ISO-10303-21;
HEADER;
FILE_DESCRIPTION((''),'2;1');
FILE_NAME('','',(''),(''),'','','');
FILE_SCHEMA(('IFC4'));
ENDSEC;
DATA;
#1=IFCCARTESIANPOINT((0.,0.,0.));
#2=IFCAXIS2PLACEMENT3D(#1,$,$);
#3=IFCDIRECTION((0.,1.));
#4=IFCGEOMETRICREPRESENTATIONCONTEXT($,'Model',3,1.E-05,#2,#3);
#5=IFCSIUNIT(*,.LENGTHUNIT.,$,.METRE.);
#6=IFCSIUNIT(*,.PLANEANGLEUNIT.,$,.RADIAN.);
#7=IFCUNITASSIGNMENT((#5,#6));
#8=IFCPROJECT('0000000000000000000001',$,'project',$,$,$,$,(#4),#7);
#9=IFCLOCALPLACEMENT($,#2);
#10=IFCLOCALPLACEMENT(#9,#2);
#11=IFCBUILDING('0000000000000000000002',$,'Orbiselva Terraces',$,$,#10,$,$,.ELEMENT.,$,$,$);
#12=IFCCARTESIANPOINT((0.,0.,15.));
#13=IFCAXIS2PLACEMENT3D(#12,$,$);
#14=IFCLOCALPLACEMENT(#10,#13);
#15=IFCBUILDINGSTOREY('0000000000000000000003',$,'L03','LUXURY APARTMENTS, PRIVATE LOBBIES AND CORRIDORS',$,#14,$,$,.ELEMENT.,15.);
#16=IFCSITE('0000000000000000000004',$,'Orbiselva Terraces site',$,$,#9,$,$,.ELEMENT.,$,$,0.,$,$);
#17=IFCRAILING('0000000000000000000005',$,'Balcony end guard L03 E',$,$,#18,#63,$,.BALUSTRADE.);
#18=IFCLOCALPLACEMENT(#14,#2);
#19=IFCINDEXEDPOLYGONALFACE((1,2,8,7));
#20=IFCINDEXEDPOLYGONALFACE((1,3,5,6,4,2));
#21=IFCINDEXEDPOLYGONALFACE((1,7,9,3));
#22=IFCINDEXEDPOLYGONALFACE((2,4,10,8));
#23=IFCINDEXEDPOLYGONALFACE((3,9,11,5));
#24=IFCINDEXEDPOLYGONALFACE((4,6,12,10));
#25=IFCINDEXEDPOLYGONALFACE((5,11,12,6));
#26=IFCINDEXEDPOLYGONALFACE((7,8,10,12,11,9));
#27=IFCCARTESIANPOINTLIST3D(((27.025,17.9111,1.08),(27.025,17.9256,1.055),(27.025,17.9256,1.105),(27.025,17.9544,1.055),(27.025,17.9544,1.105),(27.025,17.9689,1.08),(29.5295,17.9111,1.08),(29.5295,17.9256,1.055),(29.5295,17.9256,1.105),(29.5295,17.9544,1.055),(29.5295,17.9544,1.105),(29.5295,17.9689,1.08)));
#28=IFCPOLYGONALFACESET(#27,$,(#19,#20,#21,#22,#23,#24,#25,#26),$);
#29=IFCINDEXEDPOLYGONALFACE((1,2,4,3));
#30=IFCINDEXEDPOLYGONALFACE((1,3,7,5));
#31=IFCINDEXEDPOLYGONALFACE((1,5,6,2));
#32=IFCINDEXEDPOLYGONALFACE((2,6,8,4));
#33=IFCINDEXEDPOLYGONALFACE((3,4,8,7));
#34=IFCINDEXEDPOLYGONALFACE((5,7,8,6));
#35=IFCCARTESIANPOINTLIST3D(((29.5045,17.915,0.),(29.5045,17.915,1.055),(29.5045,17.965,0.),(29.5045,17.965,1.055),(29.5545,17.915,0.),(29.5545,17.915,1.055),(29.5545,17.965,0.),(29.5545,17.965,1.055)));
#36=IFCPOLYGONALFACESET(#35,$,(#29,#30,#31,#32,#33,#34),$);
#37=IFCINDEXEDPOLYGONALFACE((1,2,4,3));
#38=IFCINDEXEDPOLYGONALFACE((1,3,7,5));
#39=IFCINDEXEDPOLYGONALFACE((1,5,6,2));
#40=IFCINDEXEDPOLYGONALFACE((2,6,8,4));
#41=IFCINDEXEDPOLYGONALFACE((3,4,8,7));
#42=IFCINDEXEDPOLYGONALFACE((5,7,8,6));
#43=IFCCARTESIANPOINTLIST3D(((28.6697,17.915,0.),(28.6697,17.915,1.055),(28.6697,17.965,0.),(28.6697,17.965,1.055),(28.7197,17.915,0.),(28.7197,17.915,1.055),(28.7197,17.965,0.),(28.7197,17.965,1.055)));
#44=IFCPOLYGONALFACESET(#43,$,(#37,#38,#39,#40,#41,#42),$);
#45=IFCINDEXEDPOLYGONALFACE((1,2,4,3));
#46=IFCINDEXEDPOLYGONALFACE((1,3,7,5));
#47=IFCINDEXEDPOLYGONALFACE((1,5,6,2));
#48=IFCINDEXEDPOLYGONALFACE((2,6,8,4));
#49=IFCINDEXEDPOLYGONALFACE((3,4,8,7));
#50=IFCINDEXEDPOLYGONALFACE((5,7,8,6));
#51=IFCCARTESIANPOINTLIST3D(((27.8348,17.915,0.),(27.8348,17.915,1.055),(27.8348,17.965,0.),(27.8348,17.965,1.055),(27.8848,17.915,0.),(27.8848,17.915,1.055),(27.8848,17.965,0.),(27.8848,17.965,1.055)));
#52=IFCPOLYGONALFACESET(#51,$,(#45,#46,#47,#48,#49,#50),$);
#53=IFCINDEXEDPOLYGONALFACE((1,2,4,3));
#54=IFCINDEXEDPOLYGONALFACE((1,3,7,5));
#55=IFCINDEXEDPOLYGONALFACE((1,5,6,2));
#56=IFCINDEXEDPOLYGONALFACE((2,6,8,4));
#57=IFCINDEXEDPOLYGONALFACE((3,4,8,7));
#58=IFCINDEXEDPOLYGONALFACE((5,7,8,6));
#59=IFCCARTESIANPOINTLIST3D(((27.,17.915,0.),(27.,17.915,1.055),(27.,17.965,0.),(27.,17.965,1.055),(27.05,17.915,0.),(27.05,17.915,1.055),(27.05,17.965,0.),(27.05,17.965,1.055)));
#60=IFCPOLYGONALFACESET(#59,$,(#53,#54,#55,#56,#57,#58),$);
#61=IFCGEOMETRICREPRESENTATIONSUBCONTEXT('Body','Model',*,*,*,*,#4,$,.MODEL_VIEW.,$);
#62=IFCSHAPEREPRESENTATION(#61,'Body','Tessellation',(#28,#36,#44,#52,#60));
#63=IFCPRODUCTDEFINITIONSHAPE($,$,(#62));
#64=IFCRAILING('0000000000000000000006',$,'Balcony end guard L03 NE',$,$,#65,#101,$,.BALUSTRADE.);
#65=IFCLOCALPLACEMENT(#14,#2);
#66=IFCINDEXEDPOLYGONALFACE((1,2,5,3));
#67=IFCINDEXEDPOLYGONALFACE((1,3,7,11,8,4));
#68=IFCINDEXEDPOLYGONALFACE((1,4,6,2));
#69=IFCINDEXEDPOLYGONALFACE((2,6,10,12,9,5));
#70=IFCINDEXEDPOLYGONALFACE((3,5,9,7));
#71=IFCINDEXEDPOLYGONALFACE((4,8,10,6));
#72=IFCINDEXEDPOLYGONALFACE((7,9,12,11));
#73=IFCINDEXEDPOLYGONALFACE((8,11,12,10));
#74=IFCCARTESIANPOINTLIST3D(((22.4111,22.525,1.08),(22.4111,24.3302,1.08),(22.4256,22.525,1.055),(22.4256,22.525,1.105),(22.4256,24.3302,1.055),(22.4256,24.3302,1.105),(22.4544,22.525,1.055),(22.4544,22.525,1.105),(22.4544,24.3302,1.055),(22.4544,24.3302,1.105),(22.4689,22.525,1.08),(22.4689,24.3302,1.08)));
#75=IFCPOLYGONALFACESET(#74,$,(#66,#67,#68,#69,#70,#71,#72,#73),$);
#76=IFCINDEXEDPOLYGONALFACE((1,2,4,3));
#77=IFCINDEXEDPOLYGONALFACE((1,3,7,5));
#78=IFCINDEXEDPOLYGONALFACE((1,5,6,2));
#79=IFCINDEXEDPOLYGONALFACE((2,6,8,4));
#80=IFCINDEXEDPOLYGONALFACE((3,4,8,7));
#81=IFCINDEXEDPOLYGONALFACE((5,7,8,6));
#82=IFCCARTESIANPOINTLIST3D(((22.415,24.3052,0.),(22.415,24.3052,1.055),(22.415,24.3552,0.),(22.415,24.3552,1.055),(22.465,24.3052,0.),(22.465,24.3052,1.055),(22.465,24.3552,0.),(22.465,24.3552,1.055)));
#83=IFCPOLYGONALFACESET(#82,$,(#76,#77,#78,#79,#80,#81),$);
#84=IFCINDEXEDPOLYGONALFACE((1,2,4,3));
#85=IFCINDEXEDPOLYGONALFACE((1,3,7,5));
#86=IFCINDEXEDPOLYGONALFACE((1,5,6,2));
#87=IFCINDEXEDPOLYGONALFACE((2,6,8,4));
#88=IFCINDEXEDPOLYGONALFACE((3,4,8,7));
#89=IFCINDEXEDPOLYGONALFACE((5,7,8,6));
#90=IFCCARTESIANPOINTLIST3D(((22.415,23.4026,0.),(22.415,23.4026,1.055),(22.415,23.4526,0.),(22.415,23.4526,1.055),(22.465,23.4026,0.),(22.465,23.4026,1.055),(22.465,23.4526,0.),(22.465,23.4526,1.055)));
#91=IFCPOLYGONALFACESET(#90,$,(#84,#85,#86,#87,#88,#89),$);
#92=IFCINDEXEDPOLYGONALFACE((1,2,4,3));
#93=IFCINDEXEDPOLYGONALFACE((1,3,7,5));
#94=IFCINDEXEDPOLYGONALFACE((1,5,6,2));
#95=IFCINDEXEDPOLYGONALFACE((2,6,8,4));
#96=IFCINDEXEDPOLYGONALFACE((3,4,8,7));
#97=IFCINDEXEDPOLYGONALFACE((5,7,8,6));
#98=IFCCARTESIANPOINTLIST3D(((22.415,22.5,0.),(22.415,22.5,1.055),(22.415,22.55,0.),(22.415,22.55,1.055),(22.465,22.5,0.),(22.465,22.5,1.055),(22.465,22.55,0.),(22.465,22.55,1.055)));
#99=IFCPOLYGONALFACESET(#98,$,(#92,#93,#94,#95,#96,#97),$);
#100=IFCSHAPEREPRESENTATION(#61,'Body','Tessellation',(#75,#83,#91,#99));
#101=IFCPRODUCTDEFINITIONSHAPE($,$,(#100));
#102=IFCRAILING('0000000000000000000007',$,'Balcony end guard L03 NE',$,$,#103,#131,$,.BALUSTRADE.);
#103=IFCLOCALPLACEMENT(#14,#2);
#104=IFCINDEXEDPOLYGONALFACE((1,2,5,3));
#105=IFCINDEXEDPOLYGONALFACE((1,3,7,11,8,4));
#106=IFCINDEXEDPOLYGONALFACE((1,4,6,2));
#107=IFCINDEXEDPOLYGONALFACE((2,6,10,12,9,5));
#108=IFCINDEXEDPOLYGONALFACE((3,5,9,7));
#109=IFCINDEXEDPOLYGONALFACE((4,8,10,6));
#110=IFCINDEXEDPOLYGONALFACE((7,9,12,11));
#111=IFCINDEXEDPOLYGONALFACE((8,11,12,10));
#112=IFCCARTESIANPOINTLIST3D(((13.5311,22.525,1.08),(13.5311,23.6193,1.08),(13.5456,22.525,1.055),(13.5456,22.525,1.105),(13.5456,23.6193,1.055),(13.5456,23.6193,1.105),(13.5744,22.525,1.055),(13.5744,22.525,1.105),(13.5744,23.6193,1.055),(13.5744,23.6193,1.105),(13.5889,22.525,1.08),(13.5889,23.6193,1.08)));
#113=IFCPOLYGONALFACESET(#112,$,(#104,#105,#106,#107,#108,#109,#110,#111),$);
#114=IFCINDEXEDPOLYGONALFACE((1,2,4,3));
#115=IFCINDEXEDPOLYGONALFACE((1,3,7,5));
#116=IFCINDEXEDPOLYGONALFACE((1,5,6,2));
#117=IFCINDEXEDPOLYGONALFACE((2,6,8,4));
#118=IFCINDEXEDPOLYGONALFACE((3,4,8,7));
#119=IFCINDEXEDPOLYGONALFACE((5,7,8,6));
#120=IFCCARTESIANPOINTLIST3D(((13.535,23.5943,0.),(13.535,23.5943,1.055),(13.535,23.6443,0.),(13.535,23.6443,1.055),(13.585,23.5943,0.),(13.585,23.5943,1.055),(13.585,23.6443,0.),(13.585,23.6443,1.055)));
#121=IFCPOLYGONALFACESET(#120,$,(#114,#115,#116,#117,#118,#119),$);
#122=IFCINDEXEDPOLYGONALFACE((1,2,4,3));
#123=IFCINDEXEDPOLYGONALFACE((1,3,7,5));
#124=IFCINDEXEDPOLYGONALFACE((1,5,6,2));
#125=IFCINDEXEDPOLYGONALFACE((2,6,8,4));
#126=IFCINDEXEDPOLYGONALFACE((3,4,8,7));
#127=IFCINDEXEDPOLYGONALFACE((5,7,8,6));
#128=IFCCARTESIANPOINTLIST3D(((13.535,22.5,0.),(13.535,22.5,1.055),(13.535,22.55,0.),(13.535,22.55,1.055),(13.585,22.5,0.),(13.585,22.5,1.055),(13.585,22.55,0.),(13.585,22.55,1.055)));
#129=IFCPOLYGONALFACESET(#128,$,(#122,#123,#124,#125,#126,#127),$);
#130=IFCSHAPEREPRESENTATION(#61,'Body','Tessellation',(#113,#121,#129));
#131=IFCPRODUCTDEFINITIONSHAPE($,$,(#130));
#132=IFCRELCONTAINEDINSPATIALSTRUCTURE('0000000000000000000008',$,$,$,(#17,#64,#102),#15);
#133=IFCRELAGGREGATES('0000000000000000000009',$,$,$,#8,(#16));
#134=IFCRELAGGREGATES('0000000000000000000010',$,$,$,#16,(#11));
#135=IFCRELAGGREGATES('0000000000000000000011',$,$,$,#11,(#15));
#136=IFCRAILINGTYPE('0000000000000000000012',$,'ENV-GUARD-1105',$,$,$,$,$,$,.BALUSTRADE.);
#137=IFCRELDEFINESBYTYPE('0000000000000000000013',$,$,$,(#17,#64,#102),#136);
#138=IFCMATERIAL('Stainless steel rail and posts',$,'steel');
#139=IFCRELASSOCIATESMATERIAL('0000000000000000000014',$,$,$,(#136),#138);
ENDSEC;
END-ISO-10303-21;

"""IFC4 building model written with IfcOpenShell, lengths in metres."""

from ifc_helpers import new_model, si_unit, direction, frame, origin, origin_2d, place, context, subcontext, project, spatial, polyline, rectangle, outline, extrude, material, type_object, element, save


model = new_model("IFC4")

# Units and contexts
model_context = context("Model", 3, precision=1e-05, world=origin(), true_north=direction((0.0, 1.0)))
body_context = subcontext(model_context, "Body", "Model", "MODEL_VIEW")
ifc_project = project(units=[si_unit("LENGTHUNIT", "METRE"), si_unit("PLANEANGLEUNIT", "RADIAN")], contexts=[model_context])

# Site, building, storey
site_placement = place(None, origin())
site = spatial("IfcSite", under=ifc_project, at=site_placement, Name="Orbiselva Terraces site", CompositionType="ELEMENT", RefElevation=0.0)
building_placement = place(site_placement, origin())
building = spatial("IfcBuilding", under=site, at=building_placement, Name="Orbiselva Terraces", CompositionType="ELEMENT")
storey_placement = place(building_placement, frame((0.0, 0.0, 15.0)))
storey = spatial("IfcBuildingStorey", under=building, at=storey_placement, Name="L03", Description="LUXURY APARTMENTS, PRIVATE LOBBIES AND CORRIDORS", CompositionType="ELEMENT", Elevation=15.0)

# Railings
ifc_material_1 = material(Name="Stainless steel rail and posts", Category="steel")
railing_type_1 = type_object("IfcRailingType", Name="ENV-GUARD-1105", PredefinedType="BALUSTRADE", material=ifc_material_1)
railing_1_placement = place(storey_placement, frame((29.5295, 17.94, 0.0)))
element("IfcRailing", 1, at=railing_1_placement, inside=storey, type_object=railing_type_1, Name="Balcony end guard L03 E", PredefinedType="BALUSTRADE", context=body_context, shape_type="SweptSolid", body=[
    extrude(outline(polyline([(0.0289, 0.0), (0.0144, 0.025), (-0.0144, 0.025), (-0.0289, 0.0), (-0.0144, -0.025), (0.0144, -0.025), (0.0289, 0.0)])), frame((0.0, 0.0, 1.08), z_axis=(-1.0, 0.0, 0.0), x_axis=(0.0, -1.0, 0.0)), (0.0, 0.0, 1.0), 2.5045),
    extrude(rectangle(XDim=0.05, YDim=0.05, at=origin_2d()), origin(), (0.0, 0.0, 1.0), 1.055),
    extrude(rectangle(XDim=0.05, YDim=0.05, at=origin_2d()), frame((-0.8348, 0.0, 0.0)), (0.0, 0.0, 1.0), 1.055),
    extrude(rectangle(XDim=0.05, YDim=0.05, at=origin_2d()), frame((-1.6697, 0.0, 0.0)), (0.0, 0.0, 1.0), 1.055),
    extrude(rectangle(XDim=0.05, YDim=0.05, at=origin_2d()), frame((-2.5045, 0.0, 0.0)), (0.0, 0.0, 1.0), 1.055),
])
railing_2_placement = place(storey_placement, frame((22.44, 24.3302, 0.0)))
element("IfcRailing", 2, at=railing_2_placement, inside=storey, type_object=railing_type_1, Name="Balcony end guard L03 NE", PredefinedType="BALUSTRADE", context=body_context, shape_type="SweptSolid", body=[
    extrude(outline(polyline([(0.0289, 0.0), (0.0144, 0.025), (-0.0144, 0.025), (-0.0289, 0.0), (-0.0144, -0.025), (0.0144, -0.025), (0.0289, 0.0)])), frame((0.0, 0.0, 1.08), z_axis=(0.0, -1.0, 0.0), x_axis=(1.0, 0.0, 0.0)), (0.0, 0.0, 1.0), 1.8052),
    extrude(rectangle(XDim=0.05, YDim=0.05, at=origin_2d()), origin(), (0.0, 0.0, 1.0), 1.055),
    extrude(rectangle(XDim=0.05, YDim=0.05, at=origin_2d()), frame((0.0, -0.9026, 0.0)), (0.0, 0.0, 1.0), 1.055),
    extrude(rectangle(XDim=0.05, YDim=0.05, at=origin_2d()), frame((0.0, -1.8052, 0.0)), (0.0, 0.0, 1.0), 1.055),
])
railing_3_placement = place(storey_placement, frame((13.56, 23.6193, 0.0)))
element("IfcRailing", 3, at=railing_3_placement, inside=storey, type_object=railing_type_1, Name="Balcony end guard L03 NE", PredefinedType="BALUSTRADE", context=body_context, shape_type="SweptSolid", body=[
    extrude(outline(polyline([(0.0289, 0.0), (0.0144, 0.025), (-0.0144, 0.025), (-0.0289, 0.0), (-0.0144, -0.025), (0.0144, -0.025), (0.0289, 0.0)])), frame((0.0, 0.0, 1.08), z_axis=(0.0, -1.0, 0.0), x_axis=(1.0, 0.0, 0.0)), (0.0, 0.0, 1.0), 1.0943),
    extrude(rectangle(XDim=0.05, YDim=0.05, at=origin_2d()), origin(), (0.0, 0.0, 1.0), 1.055),
    extrude(rectangle(XDim=0.05, YDim=0.05, at=origin_2d()), frame((0.0, -1.0943, 0.0)), (0.0, 0.0, 1.0), 1.055),
])

save(model, "model.ifc")
